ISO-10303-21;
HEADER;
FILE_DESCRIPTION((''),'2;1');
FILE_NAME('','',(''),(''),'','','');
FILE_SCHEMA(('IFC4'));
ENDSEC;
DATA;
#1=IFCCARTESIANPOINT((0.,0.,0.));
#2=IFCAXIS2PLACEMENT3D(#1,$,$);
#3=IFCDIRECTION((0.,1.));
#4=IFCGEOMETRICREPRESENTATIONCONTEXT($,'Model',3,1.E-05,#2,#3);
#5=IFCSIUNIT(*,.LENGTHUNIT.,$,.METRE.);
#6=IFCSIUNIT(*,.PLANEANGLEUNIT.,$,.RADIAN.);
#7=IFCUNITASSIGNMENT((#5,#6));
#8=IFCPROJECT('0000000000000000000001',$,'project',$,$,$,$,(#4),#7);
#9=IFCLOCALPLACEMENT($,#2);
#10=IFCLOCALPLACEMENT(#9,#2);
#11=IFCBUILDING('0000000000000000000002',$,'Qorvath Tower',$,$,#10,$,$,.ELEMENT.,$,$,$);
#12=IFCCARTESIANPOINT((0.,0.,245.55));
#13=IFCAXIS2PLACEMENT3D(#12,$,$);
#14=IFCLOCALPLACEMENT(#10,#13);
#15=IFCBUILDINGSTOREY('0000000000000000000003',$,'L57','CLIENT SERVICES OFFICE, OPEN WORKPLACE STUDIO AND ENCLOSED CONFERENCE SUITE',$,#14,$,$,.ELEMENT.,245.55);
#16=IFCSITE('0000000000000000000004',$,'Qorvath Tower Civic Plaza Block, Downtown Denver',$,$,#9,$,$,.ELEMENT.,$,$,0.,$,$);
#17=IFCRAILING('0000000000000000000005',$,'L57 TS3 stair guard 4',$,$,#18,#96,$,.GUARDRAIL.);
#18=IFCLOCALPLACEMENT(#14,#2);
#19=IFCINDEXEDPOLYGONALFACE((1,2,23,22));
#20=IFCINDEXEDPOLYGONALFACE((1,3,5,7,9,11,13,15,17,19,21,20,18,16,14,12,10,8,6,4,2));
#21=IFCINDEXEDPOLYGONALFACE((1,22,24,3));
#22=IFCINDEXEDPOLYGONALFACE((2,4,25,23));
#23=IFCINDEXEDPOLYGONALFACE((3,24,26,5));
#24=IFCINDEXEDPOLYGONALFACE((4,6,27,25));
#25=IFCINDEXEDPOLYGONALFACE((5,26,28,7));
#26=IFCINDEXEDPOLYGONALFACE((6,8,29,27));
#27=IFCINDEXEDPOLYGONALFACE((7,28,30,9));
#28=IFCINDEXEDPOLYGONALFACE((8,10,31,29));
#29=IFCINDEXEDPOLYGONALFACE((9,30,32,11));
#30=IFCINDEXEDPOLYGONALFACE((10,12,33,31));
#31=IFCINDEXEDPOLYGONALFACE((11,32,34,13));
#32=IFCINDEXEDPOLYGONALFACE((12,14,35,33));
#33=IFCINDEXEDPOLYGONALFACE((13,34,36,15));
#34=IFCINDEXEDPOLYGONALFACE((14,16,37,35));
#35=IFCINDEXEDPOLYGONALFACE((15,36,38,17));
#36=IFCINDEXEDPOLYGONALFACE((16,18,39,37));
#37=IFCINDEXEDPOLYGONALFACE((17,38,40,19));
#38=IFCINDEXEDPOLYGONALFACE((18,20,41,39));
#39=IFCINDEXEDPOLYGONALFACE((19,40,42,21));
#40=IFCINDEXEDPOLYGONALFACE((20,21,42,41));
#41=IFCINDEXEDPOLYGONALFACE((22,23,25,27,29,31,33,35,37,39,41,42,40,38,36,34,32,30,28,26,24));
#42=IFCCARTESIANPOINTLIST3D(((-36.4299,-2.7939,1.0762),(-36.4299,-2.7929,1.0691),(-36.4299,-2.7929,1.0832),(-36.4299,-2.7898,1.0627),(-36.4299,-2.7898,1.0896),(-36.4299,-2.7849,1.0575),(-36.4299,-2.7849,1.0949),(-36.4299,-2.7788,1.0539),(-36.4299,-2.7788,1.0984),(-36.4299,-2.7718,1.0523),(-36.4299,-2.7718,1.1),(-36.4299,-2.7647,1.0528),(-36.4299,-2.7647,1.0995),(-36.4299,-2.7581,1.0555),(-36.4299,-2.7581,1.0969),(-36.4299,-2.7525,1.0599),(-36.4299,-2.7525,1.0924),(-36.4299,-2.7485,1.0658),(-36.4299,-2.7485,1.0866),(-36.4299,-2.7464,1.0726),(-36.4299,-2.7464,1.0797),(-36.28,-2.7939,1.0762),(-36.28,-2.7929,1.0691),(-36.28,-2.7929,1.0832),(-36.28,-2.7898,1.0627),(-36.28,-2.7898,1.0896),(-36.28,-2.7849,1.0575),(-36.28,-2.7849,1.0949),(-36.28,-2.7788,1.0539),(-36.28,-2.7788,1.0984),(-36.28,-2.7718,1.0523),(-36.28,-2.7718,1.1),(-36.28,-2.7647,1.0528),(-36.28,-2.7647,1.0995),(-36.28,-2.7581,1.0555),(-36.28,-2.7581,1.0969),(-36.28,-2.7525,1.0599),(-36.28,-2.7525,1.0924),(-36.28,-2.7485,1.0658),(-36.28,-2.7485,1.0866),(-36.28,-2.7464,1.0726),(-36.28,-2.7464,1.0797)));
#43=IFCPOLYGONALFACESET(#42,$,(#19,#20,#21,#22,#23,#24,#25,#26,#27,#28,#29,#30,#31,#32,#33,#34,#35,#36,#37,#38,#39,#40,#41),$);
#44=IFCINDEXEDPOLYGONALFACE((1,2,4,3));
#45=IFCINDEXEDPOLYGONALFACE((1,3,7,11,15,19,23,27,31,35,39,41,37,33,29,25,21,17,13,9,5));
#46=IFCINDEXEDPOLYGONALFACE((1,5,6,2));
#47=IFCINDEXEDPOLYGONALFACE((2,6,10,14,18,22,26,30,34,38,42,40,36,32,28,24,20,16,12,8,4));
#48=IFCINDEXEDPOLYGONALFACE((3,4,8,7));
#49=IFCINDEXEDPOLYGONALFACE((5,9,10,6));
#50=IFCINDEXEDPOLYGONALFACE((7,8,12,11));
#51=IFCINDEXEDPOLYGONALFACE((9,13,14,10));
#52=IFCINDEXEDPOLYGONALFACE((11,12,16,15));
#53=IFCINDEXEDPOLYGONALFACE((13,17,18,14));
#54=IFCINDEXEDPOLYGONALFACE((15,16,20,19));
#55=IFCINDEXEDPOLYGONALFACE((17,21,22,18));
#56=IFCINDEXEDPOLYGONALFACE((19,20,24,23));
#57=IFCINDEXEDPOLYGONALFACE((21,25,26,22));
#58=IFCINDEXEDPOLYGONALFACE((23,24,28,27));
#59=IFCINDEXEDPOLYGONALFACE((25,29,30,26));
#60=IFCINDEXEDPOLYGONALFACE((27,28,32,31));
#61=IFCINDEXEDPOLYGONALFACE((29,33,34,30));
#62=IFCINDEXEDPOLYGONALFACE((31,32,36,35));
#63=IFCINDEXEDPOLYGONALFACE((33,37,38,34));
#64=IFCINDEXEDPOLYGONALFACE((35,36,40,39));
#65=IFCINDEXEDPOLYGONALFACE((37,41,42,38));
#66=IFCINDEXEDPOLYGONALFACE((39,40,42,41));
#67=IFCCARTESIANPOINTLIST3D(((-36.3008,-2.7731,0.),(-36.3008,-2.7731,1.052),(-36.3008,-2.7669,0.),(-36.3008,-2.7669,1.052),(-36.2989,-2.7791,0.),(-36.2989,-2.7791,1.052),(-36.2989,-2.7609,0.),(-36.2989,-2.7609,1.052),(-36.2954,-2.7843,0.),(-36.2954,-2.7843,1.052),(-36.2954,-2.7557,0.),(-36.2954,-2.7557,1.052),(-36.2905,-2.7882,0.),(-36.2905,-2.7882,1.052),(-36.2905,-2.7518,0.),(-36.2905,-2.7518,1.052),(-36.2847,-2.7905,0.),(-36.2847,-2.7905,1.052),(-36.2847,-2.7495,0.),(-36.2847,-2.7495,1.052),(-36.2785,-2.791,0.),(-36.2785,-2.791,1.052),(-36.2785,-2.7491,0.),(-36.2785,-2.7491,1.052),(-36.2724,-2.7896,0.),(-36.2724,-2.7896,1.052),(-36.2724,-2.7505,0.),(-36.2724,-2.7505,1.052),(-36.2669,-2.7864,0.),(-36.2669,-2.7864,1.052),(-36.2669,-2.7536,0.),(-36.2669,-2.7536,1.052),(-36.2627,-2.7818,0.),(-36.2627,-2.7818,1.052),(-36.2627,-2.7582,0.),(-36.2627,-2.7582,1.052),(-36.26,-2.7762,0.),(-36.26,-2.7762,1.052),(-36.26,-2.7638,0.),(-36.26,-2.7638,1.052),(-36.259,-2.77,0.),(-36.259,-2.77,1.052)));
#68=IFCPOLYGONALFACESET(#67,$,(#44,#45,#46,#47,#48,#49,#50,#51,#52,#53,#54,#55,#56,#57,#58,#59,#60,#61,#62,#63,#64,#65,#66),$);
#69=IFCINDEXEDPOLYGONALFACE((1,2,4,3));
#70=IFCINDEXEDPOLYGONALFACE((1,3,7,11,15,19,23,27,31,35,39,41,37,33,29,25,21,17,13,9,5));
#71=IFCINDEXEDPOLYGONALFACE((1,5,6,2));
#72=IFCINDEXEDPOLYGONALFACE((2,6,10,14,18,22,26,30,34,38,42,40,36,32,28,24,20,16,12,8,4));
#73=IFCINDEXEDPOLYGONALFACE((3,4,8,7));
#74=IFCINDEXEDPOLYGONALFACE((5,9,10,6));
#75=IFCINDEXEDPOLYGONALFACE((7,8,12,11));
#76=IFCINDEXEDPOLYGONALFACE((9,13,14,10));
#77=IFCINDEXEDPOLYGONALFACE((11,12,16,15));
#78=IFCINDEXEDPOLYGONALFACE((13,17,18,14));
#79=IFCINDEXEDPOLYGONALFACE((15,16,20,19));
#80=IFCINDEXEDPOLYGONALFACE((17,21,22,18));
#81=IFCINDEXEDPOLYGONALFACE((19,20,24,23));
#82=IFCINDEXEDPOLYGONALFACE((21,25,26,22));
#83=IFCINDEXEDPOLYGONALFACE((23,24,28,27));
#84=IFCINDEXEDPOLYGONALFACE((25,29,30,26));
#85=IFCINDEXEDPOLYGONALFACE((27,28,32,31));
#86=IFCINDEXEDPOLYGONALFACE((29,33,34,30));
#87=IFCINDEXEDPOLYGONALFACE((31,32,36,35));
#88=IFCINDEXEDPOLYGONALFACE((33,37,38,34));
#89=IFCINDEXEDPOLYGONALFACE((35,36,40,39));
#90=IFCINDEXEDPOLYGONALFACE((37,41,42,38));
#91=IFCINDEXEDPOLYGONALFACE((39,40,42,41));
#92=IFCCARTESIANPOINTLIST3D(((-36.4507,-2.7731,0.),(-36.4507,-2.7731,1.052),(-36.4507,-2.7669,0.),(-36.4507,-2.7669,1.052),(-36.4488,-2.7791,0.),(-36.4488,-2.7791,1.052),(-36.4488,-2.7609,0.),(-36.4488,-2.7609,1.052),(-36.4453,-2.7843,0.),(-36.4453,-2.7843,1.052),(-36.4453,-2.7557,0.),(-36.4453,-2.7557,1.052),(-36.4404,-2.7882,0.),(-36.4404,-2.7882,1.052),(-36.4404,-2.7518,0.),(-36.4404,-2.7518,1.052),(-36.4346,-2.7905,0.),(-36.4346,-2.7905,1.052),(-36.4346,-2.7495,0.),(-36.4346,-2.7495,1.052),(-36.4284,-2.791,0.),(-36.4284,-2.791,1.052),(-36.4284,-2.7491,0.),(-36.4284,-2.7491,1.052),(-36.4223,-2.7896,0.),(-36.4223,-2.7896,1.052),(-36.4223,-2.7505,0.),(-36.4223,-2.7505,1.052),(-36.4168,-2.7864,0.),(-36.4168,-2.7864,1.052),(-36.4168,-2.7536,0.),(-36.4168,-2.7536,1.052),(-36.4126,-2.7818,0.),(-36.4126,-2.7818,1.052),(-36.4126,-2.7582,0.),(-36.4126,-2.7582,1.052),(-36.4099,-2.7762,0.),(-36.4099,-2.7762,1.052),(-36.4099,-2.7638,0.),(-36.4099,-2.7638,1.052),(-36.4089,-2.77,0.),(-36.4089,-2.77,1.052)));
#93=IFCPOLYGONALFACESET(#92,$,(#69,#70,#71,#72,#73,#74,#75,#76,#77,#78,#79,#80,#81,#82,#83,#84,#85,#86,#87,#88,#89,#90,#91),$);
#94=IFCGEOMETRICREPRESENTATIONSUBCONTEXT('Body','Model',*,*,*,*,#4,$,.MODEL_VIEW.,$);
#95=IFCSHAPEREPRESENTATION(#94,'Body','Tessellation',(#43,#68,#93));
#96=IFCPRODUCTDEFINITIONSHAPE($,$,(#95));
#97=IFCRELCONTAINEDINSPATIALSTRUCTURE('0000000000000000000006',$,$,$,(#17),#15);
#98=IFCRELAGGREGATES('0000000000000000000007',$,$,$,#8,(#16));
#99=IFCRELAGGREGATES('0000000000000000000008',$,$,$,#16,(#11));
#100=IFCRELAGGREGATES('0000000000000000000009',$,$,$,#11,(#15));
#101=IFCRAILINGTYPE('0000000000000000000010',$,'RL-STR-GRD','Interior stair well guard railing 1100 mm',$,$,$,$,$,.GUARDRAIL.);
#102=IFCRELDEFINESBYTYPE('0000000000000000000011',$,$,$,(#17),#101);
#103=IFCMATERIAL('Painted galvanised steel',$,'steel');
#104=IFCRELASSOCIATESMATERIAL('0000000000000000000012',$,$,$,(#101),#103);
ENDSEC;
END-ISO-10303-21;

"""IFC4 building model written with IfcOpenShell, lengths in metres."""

from ifc_helpers import new_model, si_unit, direction, frame, origin, origin_2d, place, context, subcontext, project, spatial, circle, extrude, material, type_object, element, save


model = new_model("IFC4")

# Units and contexts
model_context = context("Model", 3, precision=1e-05, world=origin(), true_north=direction((0.0, 1.0)))
body_context = subcontext(model_context, "Body", "Model", "MODEL_VIEW")
ifc_project = project(units=[si_unit("LENGTHUNIT", "METRE"), si_unit("PLANEANGLEUNIT", "RADIAN")], contexts=[model_context])

# Site, building, storey
site_placement = place(None, origin())
site = spatial("IfcSite", under=ifc_project, at=site_placement, Name="Qorvath Tower Civic Plaza Block, Downtown Denver", CompositionType="ELEMENT", RefElevation=0.0)
building_placement = place(site_placement, origin())
building = spatial("IfcBuilding", under=site, at=building_placement, Name="Qorvath Tower", CompositionType="ELEMENT")
storey_placement = place(building_placement, frame((0.0, 0.0, 245.55)))
storey = spatial("IfcBuildingStorey", under=building, at=storey_placement, Name="L57", Description="CLIENT SERVICES OFFICE, OPEN WORKPLACE STUDIO AND ENCLOSED CONFERENCE SUITE", CompositionType="ELEMENT", Elevation=245.55)

# Railing
ifc_material_1 = material(Name="Painted galvanised steel", Category="steel")
railing_type_1 = type_object("IfcRailingType", Name="RL-STR-GRD", Description="Interior stair well guard railing 1100 mm", PredefinedType="GUARDRAIL", material=ifc_material_1)
railing_1_placement = place(storey_placement, frame((-36.28, -2.77, 0.0)))
element("IfcRailing", 1, at=railing_1_placement, inside=storey, type_object=railing_type_1, Name="L57 TS3 stair guard 4", PredefinedType="GUARDRAIL", context=body_context, shape_type="SweptSolid", body=[
    extrude(circle(Radius=0.0239, at=origin_2d()), frame((0.0, 0.0, 1.0762), z_axis=(-1.0, 0.0, 0.0), x_axis=(0.0, -1.0, 0.0)), (0.0, 0.0, 1.0), 0.1499),
    extrude(circle(Radius=0.021, at=origin_2d()), origin(), (0.0, 0.0, 1.0), 1.052),
    extrude(circle(Radius=0.021, at=origin_2d()), frame((-0.1499, 0.0, 0.0)), (0.0, 0.0, 1.0), 1.052),
])

save(model, "model.ifc")
